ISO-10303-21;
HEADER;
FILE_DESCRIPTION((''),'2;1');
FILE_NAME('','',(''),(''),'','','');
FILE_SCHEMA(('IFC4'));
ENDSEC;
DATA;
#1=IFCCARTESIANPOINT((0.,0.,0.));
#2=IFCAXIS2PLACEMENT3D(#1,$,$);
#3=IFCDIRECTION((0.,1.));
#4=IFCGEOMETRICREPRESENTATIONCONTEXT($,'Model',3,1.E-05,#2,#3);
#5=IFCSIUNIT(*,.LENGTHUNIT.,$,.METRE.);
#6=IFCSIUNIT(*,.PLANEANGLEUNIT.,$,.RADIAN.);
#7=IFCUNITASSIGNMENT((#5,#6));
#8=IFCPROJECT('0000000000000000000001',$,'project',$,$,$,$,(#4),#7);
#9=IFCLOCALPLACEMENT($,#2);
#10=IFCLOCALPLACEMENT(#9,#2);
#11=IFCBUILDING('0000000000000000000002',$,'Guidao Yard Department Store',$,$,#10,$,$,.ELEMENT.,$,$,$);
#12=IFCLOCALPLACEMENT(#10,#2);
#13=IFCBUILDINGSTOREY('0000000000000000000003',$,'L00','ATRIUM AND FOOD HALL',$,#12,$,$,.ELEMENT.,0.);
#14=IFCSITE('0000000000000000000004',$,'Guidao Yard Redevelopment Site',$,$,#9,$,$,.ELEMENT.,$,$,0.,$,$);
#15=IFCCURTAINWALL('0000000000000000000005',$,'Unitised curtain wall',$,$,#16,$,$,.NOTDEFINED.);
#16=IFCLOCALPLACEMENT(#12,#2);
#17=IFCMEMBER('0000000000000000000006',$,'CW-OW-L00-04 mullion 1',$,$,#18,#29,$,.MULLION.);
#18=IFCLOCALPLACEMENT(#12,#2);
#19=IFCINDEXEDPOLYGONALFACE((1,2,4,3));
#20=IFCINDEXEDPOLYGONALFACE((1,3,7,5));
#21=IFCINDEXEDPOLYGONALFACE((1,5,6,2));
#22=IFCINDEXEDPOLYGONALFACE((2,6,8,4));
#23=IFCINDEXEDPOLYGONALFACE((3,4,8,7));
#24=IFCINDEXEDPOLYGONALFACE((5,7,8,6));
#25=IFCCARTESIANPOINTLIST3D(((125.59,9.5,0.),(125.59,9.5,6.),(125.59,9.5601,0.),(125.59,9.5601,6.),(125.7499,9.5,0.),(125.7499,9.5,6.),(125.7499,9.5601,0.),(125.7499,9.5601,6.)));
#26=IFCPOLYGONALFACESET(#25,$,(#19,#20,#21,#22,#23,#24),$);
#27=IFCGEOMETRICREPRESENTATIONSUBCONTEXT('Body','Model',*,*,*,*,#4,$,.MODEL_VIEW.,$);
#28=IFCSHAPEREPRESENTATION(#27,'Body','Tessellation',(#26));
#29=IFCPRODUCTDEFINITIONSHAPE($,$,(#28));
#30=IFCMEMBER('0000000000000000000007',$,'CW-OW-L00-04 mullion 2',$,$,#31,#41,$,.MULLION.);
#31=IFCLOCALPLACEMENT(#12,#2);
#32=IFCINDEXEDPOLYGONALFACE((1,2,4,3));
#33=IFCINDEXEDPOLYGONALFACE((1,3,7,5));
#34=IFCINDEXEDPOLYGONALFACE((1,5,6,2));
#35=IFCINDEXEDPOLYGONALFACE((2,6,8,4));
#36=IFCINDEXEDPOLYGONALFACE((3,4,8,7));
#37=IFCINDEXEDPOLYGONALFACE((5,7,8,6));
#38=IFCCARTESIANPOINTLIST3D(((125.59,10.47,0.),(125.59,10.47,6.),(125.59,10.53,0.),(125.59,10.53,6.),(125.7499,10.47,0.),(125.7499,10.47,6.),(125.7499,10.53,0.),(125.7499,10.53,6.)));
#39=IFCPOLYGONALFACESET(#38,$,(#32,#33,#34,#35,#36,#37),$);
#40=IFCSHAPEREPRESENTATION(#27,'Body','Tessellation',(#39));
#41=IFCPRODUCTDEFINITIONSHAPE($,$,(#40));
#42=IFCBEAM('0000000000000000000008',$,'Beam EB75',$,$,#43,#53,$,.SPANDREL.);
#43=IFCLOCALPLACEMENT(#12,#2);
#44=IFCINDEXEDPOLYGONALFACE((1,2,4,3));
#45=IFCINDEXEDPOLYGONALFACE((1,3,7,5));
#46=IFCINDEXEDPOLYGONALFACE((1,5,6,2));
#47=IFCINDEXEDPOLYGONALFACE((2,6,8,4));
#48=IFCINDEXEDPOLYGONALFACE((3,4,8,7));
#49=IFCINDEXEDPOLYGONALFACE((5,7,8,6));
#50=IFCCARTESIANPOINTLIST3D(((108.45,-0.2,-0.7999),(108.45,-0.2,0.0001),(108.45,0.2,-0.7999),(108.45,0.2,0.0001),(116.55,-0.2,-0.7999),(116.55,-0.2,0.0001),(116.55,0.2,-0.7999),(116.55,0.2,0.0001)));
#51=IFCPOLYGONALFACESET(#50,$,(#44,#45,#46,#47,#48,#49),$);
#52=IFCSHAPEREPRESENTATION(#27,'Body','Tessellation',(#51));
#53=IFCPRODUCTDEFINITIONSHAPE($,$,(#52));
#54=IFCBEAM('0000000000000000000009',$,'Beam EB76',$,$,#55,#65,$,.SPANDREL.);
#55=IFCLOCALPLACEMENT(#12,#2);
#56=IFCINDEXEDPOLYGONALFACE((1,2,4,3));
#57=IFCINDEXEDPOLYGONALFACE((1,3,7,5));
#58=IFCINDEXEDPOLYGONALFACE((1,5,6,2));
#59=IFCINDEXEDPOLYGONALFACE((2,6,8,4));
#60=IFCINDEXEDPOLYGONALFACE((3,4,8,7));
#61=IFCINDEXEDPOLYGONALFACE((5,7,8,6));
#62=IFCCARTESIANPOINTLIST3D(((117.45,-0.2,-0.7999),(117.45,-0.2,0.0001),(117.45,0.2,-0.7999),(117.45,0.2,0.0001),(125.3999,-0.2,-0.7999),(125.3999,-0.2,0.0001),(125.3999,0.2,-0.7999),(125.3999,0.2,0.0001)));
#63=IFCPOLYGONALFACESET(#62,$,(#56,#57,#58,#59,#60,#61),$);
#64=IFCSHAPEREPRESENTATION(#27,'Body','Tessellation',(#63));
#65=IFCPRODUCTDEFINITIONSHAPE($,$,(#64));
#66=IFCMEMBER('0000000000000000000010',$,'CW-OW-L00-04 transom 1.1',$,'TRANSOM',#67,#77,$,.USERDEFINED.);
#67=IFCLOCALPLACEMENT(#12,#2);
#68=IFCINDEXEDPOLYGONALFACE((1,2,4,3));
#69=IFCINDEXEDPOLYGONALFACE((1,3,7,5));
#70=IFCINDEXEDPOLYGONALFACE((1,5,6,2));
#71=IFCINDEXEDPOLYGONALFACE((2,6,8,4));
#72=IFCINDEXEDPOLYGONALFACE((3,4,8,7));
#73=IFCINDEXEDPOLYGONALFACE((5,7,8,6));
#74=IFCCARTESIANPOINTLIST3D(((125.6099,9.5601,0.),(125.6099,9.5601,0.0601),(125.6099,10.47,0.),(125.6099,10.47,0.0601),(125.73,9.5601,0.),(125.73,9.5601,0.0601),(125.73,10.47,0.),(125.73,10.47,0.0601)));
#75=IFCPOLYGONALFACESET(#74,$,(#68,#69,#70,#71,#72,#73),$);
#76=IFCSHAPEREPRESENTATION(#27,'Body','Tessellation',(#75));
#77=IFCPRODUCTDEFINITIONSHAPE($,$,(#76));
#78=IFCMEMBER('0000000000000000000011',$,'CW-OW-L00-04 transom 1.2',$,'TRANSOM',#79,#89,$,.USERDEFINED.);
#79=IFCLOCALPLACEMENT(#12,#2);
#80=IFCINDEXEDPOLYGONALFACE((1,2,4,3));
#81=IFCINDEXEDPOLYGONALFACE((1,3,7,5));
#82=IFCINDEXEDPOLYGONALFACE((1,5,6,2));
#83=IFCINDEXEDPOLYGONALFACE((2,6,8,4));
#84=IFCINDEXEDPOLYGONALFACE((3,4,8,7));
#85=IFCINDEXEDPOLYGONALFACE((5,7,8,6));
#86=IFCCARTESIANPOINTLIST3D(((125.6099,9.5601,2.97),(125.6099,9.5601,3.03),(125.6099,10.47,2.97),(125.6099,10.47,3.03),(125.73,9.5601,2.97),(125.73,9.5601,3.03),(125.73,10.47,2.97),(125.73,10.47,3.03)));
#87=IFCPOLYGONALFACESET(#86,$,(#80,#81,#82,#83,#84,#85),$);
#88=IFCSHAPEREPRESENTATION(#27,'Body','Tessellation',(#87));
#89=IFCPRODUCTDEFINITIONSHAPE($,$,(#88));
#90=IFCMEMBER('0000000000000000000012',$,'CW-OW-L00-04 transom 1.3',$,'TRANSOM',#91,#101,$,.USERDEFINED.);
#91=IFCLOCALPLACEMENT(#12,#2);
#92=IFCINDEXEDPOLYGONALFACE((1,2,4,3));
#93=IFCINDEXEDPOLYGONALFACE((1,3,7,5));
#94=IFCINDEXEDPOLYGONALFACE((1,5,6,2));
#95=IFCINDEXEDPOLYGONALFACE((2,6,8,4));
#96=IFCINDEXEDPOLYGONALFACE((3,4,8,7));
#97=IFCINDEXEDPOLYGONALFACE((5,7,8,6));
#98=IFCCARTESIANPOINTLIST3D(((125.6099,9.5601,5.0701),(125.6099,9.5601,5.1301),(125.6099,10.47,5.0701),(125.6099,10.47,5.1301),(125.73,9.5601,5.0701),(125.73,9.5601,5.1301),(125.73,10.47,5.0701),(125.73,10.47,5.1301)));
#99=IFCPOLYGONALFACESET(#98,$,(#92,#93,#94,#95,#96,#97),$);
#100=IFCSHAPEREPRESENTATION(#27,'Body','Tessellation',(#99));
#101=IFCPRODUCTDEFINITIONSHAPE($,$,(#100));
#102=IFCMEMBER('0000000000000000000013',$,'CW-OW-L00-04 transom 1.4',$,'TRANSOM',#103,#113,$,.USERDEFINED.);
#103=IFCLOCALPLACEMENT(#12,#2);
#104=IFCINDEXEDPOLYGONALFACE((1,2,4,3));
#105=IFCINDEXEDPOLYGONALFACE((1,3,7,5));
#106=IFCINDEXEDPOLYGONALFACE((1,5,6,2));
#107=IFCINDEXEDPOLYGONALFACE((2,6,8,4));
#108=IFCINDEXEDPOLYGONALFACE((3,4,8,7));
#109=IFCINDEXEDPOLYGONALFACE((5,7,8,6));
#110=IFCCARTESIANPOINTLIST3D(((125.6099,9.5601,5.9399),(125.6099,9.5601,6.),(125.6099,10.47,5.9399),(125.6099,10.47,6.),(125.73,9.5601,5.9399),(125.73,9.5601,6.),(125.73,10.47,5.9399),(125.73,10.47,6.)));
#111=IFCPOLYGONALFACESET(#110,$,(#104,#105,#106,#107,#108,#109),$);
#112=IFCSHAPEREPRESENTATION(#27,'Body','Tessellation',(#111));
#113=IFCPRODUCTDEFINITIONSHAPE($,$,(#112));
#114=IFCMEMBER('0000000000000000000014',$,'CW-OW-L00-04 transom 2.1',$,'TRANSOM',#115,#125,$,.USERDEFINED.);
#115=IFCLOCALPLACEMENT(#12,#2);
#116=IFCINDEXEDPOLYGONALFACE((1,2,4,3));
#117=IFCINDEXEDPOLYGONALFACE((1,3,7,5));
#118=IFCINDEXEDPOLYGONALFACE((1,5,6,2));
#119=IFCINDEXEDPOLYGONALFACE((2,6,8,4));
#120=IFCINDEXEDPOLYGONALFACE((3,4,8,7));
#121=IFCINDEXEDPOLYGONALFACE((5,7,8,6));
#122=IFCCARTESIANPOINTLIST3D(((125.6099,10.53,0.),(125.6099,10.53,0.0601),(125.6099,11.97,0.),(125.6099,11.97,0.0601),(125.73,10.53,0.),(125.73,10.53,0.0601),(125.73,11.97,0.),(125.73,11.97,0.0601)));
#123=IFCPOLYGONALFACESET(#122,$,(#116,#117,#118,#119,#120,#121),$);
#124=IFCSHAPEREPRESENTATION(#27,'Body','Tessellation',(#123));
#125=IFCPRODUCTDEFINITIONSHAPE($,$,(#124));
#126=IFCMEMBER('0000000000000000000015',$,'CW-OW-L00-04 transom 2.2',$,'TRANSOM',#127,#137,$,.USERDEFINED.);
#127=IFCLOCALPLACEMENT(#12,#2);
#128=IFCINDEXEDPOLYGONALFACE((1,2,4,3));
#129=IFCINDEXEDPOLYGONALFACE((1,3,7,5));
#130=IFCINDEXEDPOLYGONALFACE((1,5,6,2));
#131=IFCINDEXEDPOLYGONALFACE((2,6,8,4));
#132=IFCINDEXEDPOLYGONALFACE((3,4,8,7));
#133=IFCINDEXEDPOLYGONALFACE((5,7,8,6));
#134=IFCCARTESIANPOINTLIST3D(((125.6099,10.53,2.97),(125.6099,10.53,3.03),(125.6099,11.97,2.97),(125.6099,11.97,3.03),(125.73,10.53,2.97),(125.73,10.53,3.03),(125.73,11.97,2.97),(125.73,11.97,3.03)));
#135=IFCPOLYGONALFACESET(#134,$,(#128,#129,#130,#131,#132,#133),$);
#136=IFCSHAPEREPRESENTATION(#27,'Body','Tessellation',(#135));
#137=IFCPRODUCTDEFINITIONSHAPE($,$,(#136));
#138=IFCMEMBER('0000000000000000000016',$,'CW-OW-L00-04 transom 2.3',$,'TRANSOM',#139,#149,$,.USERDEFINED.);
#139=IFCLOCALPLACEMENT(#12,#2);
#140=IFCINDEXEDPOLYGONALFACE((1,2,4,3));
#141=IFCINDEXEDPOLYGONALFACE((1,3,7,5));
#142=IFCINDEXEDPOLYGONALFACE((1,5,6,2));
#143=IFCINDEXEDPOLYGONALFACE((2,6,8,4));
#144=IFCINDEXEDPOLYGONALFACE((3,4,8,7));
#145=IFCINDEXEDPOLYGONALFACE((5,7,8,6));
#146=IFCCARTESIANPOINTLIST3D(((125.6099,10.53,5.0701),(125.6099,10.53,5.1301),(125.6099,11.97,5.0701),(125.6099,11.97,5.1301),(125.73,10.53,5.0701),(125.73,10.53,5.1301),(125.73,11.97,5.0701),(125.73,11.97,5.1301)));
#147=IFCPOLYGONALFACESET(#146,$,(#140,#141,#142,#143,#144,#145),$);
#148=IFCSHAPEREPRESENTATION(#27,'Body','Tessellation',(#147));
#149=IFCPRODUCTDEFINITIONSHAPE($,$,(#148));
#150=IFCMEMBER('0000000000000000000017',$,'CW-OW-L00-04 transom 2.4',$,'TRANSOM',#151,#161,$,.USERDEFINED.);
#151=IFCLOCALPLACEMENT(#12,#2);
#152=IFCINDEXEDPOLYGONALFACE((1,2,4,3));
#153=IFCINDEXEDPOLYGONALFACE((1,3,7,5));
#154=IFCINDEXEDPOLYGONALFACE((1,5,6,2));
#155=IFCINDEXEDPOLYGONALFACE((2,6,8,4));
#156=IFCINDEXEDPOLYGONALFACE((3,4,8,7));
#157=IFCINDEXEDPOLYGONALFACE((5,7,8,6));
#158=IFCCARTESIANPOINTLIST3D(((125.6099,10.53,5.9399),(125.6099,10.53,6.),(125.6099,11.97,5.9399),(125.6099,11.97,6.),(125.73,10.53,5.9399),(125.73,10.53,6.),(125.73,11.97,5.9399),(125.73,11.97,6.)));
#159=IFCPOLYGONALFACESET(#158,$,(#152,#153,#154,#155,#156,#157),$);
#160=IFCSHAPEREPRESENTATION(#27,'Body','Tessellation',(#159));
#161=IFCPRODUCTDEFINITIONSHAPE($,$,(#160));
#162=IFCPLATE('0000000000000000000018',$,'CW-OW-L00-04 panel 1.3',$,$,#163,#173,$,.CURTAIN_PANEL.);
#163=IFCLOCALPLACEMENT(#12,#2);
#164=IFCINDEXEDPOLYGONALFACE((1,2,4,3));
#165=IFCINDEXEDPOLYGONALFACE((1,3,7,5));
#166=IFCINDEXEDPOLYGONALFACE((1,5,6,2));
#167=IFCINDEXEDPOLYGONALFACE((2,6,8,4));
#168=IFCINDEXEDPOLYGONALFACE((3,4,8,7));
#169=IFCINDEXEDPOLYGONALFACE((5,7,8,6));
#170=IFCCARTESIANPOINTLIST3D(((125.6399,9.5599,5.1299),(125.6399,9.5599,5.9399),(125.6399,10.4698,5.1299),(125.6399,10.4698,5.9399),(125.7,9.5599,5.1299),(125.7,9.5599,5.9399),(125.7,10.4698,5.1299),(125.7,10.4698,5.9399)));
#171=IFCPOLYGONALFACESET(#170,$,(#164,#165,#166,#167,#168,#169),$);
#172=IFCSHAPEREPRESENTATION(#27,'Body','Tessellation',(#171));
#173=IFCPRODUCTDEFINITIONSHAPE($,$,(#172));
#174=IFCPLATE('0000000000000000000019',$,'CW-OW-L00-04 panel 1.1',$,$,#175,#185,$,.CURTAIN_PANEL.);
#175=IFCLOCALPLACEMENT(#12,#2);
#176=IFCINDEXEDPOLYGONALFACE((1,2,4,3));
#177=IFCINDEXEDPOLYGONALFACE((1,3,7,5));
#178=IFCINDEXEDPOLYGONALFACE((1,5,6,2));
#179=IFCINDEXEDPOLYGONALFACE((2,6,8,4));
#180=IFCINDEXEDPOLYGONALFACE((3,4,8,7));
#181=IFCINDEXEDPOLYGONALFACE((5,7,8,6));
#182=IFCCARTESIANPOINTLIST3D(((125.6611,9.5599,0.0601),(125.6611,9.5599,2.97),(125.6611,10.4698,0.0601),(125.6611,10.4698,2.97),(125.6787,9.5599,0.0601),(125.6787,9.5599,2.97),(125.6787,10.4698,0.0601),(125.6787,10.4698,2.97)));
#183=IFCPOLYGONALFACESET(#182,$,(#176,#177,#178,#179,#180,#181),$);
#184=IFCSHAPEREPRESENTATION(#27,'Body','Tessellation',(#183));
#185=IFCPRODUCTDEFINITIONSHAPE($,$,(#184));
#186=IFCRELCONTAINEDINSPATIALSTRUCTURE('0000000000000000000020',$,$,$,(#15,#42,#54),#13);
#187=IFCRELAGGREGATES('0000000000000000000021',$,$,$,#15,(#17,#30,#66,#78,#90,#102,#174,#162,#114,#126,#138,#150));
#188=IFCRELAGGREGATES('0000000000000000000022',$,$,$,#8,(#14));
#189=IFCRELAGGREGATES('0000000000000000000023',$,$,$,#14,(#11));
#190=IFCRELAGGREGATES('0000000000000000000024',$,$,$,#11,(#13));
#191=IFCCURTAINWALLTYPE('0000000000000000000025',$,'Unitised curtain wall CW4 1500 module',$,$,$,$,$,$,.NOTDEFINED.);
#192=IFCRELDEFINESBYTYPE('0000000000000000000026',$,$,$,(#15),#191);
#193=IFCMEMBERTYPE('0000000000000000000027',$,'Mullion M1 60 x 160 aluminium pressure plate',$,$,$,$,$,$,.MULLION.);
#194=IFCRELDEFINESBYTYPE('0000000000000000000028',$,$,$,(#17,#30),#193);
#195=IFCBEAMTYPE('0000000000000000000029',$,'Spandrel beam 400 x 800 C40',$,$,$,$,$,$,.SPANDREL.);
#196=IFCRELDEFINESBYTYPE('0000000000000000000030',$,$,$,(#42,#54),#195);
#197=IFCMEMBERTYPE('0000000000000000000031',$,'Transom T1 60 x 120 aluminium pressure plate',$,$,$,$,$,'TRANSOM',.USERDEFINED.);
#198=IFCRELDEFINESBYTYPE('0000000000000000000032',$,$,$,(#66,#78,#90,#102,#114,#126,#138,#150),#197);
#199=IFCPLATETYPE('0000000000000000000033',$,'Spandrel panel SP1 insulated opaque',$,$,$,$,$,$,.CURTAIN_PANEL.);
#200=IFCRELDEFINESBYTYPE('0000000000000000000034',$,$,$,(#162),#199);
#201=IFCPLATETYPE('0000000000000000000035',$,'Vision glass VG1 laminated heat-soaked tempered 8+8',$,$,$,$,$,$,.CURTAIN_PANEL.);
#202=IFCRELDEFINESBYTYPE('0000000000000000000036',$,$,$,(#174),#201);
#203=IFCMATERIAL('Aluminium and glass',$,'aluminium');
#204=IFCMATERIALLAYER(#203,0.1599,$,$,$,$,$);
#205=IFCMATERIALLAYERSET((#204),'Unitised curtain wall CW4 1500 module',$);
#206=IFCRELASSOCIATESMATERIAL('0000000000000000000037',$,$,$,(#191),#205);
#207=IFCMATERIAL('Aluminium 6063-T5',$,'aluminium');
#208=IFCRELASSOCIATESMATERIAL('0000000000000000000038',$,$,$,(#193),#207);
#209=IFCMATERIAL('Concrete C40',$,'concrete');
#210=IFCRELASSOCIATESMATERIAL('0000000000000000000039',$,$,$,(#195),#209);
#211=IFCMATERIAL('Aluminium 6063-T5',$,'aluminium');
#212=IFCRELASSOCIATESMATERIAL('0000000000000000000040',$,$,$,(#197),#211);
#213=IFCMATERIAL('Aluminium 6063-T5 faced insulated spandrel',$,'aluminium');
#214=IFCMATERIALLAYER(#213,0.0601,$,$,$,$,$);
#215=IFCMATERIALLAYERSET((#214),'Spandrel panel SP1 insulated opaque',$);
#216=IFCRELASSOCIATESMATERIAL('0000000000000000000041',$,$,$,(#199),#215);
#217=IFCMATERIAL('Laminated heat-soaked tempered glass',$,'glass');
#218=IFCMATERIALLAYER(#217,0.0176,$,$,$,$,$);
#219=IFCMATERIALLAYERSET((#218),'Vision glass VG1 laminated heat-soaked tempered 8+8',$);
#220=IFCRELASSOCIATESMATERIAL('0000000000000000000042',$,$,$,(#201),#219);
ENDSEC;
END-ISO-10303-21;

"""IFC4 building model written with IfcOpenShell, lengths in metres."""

from ifc_helpers import new_model, si_unit, direction, frame, origin, origin_2d, place, context, subcontext, project, spatial, rectangle, extrude, material, layer, layer_set, material_profile, profile_set, type_object, element, aggregate, save


model = new_model("IFC4")

# Units and contexts
model_context = context("Model", 3, precision=1e-05, world=origin(), true_north=direction((0.0, 1.0)))
body_context = subcontext(model_context, "Body", "Model", "MODEL_VIEW")
ifc_project = project(units=[si_unit("LENGTHUNIT", "METRE"), si_unit("PLANEANGLEUNIT", "RADIAN")], contexts=[model_context])

# Site, building, storey
site_placement = place(None, origin())
site = spatial("IfcSite", under=ifc_project, at=site_placement, Name="Guidao Yard Redevelopment Site", CompositionType="ELEMENT", RefElevation=0.0)
building_placement = place(site_placement, origin())
building = spatial("IfcBuilding", under=site, at=building_placement, Name="Guidao Yard Department Store", CompositionType="ELEMENT")
storey_placement = place(building_placement, origin())
storey = spatial("IfcBuildingStorey", under=building, at=storey_placement, Name="L00", Description="ATRIUM AND FOOD HALL", CompositionType="ELEMENT", Elevation=0.0)

# Curtain wall, members
ifc_material_1 = material(Name="Aluminium and glass", Category="aluminium")
ifc_layer_1 = layer(ifc_material_1, 0.1599)
ifc_layer_set_1 = layer_set([ifc_layer_1], Name="Unitised curtain wall CW4 1500 module")
curtain_wall_type = type_object("IfcCurtainWallType", Name="Unitised curtain wall CW4 1500 module", PredefinedType="NOTDEFINED", material=ifc_layer_set_1)
curtain_wall_placement = place(storey_placement, origin())
curtain_wall = element("IfcCurtainWall", 1, at=curtain_wall_placement, inside=storey, type_object=curtain_wall_type, Name="Unitised curtain wall", PredefinedType="NOTDEFINED")
ifc_material_2 = material(Name="Aluminium 6063-T5", Category="aluminium")
ifc_material_profile_1 = material_profile(ifc_material_2, rectangle(XDim=0.0601, YDim=0.1599, at=origin_2d()), Name="Mullion M1 60 x 160 aluminium pressure plate")
ifc_profile_set_1 = profile_set([ifc_material_profile_1], Name="Aluminium 6063-T5")
member_type_1 = type_object("IfcMemberType", Name="Mullion M1 60 x 160 aluminium pressure plate", PredefinedType="MULLION", material=ifc_profile_set_1)
member_1_placement = place(storey_placement, frame((125.6699, 9.53, 0.0), z_axis=(0.0, 0.0, 1.0), x_axis=(0.0, 1.0, 0.0)))
member_1 = element("IfcMember", 2, at=member_1_placement, type_object=member_type_1, Name="CW-OW-L00-04 mullion 1", PredefinedType="MULLION", context=body_context, shape_type="SweptSolid", body=[
    extrude(rectangle(XDim=0.0601, YDim=0.1599, at=origin_2d()), origin(), (0.0, 0.0, 1.0), 6.0),
])
member_2_placement = place(storey_placement, frame((125.6699, 10.5, 0.0), z_axis=(0.0, 0.0, 1.0), x_axis=(0.0, 1.0, 0.0)))
member_2 = element("IfcMember", 3, at=member_2_placement, type_object=member_type_1, Name="CW-OW-L00-04 mullion 2", PredefinedType="MULLION", context=body_context, shape_type="SweptSolid", body=[
    extrude(rectangle(XDim=0.0601, YDim=0.1599, at=origin_2d()), origin(), (0.0, 0.0, 1.0), 6.0),
])

# Beams
ifc_material_3 = material(Name="Concrete C40", Category="concrete")
ifc_material_profile_2 = material_profile(ifc_material_3, rectangle(XDim=0.3999, YDim=0.8, at=origin_2d()), Name="Spandrel beam 400 x 800 C40")
ifc_profile_set_2 = profile_set([ifc_material_profile_2], Name="Concrete C40")
beam_type_1 = type_object("IfcBeamType", Name="Spandrel beam 400 x 800 C40", PredefinedType="SPANDREL", material=ifc_profile_set_2)
beam_1_placement = place(storey_placement, frame((108.45, 0.0, -0.3999), z_axis=(1.0, 0.0, 0.0), x_axis=(0.0, 1.0, 0.0)))
element("IfcBeam", 4, at=beam_1_placement, inside=storey, type_object=beam_type_1, Name="Beam EB75", PredefinedType="SPANDREL", context=body_context, shape_type="SweptSolid", body=[
    extrude(rectangle(XDim=0.3999, YDim=0.8, at=origin_2d()), origin(), (0.0, 0.0, 1.0), 8.1001),
])
beam_2_placement = place(storey_placement, frame((117.45, 0.0, -0.3999), z_axis=(1.0, 0.0, 0.0), x_axis=(0.0, 1.0, 0.0)))
element("IfcBeam", 5, at=beam_2_placement, inside=storey, type_object=beam_type_1, Name="Beam EB76", PredefinedType="SPANDREL", context=body_context, shape_type="SweptSolid", body=[
    extrude(rectangle(XDim=0.3999, YDim=0.8, at=origin_2d()), origin(), (0.0, 0.0, 1.0), 7.95),
])

# Members
ifc_material_4 = material(Name="Aluminium 6063-T5", Category="aluminium")
ifc_material_profile_3 = material_profile(ifc_material_4, rectangle(XDim=0.1201, YDim=0.0601, at=origin_2d()), Name="Transom T1 60 x 120 aluminium pressure plate")
ifc_profile_set_3 = profile_set([ifc_material_profile_3], Name="Aluminium 6063-T5")
member_type_2 = type_object("IfcMemberType", Name="Transom T1 60 x 120 aluminium pressure plate", ElementType="TRANSOM", PredefinedType="USERDEFINED", material=ifc_profile_set_3)
member_3_placement = place(storey_placement, frame((125.6699, 9.5601, 0.03), z_axis=(0.0, 1.0, 0.0), x_axis=(-1.0, 0.0, 0.0)))
member_3 = element("IfcMember", 6, at=member_3_placement, type_object=member_type_2, Name="CW-OW-L00-04 transom 1.1", ObjectType="TRANSOM", PredefinedType="USERDEFINED", context=body_context, shape_type="SweptSolid", body=[
    extrude(rectangle(XDim=0.1201, YDim=0.0601, at=origin_2d()), origin(), (0.0, 0.0, 1.0), 0.9099),
])
member_4_placement = place(storey_placement, frame((125.6699, 9.5601, 3.0), z_axis=(0.0, 1.0, 0.0), x_axis=(-1.0, 0.0, 0.0)))
member_4 = element("IfcMember", 7, at=member_4_placement, type_object=member_type_2, Name="CW-OW-L00-04 transom 1.2", ObjectType="TRANSOM", PredefinedType="USERDEFINED", context=body_context, shape_type="SweptSolid", body=[
    extrude(rectangle(XDim=0.1201, YDim=0.0601, at=origin_2d()), origin(), (0.0, 0.0, 1.0), 0.9099),
])
member_5_placement = place(storey_placement, frame((125.6699, 9.5601, 5.1001), z_axis=(0.0, 1.0, 0.0), x_axis=(-1.0, 0.0, 0.0)))
member_5 = element("IfcMember", 8, at=member_5_placement, type_object=member_type_2, Name="CW-OW-L00-04 transom 1.3", ObjectType="TRANSOM", PredefinedType="USERDEFINED", context=body_context, shape_type="SweptSolid", body=[
    extrude(rectangle(XDim=0.1201, YDim=0.0601, at=origin_2d()), origin(), (0.0, 0.0, 1.0), 0.9099),
])
member_6_placement = place(storey_placement, frame((125.6699, 9.5601, 5.97), z_axis=(0.0, 1.0, 0.0), x_axis=(-1.0, 0.0, 0.0)))
member_6 = element("IfcMember", 9, at=member_6_placement, type_object=member_type_2, Name="CW-OW-L00-04 transom 1.4", ObjectType="TRANSOM", PredefinedType="USERDEFINED", context=body_context, shape_type="SweptSolid", body=[
    extrude(rectangle(XDim=0.1201, YDim=0.0601, at=origin_2d()), origin(), (0.0, 0.0, 1.0), 0.9099),
])
member_7_placement = place(storey_placement, frame((125.6699, 10.53, 0.03), z_axis=(0.0, 1.0, 0.0), x_axis=(-1.0, 0.0, 0.0)))
member_7 = element("IfcMember", 10, at=member_7_placement, type_object=member_type_2, Name="CW-OW-L00-04 transom 2.1", ObjectType="TRANSOM", PredefinedType="USERDEFINED", context=body_context, shape_type="SweptSolid", body=[
    extrude(rectangle(XDim=0.1201, YDim=0.0601, at=origin_2d()), origin(), (0.0, 0.0, 1.0), 1.4399),
])
member_8_placement = place(storey_placement, frame((125.6699, 10.53, 3.0), z_axis=(0.0, 1.0, 0.0), x_axis=(-1.0, 0.0, 0.0)))
member_8 = element("IfcMember", 11, at=member_8_placement, type_object=member_type_2, Name="CW-OW-L00-04 transom 2.2", ObjectType="TRANSOM", PredefinedType="USERDEFINED", context=body_context, shape_type="SweptSolid", body=[
    extrude(rectangle(XDim=0.1201, YDim=0.0601, at=origin_2d()), origin(), (0.0, 0.0, 1.0), 1.4399),
])
member_9_placement = place(storey_placement, frame((125.6699, 10.53, 5.1001), z_axis=(0.0, 1.0, 0.0), x_axis=(-1.0, 0.0, 0.0)))
member_9 = element("IfcMember", 12, at=member_9_placement, type_object=member_type_2, Name="CW-OW-L00-04 transom 2.3", ObjectType="TRANSOM", PredefinedType="USERDEFINED", context=body_context, shape_type="SweptSolid", body=[
    extrude(rectangle(XDim=0.1201, YDim=0.0601, at=origin_2d()), origin(), (0.0, 0.0, 1.0), 1.4399),
])
member_10_placement = place(storey_placement, frame((125.6699, 10.53, 5.97), z_axis=(0.0, 1.0, 0.0), x_axis=(-1.0, 0.0, 0.0)))
member_10 = element("IfcMember", 13, at=member_10_placement, type_object=member_type_2, Name="CW-OW-L00-04 transom 2.4", ObjectType="TRANSOM", PredefinedType="USERDEFINED", context=body_context, shape_type="SweptSolid", body=[
    extrude(rectangle(XDim=0.1201, YDim=0.0601, at=origin_2d()), origin(), (0.0, 0.0, 1.0), 1.4399),
])

# Plates
ifc_material_5 = material(Name="Aluminium 6063-T5 faced insulated spandrel", Category="aluminium")
ifc_layer_2 = layer(ifc_material_5, 0.0601)
ifc_layer_set_2 = layer_set([ifc_layer_2], Name="Spandrel panel SP1 insulated opaque")
plate_type_1 = type_object("IfcPlateType", Name="Spandrel panel SP1 insulated opaque", PredefinedType="CURTAIN_PANEL", material=ifc_layer_set_2)
plate_1_placement = place(storey_placement, frame((125.6699, 10.0149, 5.1299), z_axis=(0.0, 0.0, 1.0), x_axis=(0.0, 1.0, 0.0)))
plate_1 = element("IfcPlate", 14, at=plate_1_placement, type_object=plate_type_1, Name="CW-OW-L00-04 panel 1.3", PredefinedType="CURTAIN_PANEL", context=body_context, shape_type="SweptSolid", body=[
    extrude(rectangle(XDim=0.9099, YDim=0.0601, at=origin_2d()), origin(), (0.0, 0.0, 1.0), 0.8101),
])
ifc_material_6 = material(Name="Laminated heat-soaked tempered glass", Category="glass")
ifc_layer_3 = layer(ifc_material_6, 0.0176)
ifc_layer_set_3 = layer_set([ifc_layer_3], Name="Vision glass VG1 laminated heat-soaked tempered 8+8")
plate_type_2 = type_object("IfcPlateType", Name="Vision glass VG1 laminated heat-soaked tempered 8+8", PredefinedType="CURTAIN_PANEL", material=ifc_layer_set_3)
plate_2_placement = place(storey_placement, frame((125.6699, 10.0149, 0.0601), z_axis=(0.0, 0.0, 1.0), x_axis=(0.0, 1.0, 0.0)))
plate_2 = element("IfcPlate", 15, at=plate_2_placement, type_object=plate_type_2, Name="CW-OW-L00-04 panel 1.1", PredefinedType="CURTAIN_PANEL", context=body_context, shape_type="SweptSolid", body=[
    extrude(rectangle(XDim=0.9099, YDim=0.0176, at=origin_2d()), origin(), (0.0, 0.0, 1.0), 2.9099),
])
aggregate(curtain_wall, [member_1, member_2, member_3, member_4, member_5, member_6, plate_2, plate_1, member_7, member_8, member_9, member_10])

save(model, "model.ifc")
